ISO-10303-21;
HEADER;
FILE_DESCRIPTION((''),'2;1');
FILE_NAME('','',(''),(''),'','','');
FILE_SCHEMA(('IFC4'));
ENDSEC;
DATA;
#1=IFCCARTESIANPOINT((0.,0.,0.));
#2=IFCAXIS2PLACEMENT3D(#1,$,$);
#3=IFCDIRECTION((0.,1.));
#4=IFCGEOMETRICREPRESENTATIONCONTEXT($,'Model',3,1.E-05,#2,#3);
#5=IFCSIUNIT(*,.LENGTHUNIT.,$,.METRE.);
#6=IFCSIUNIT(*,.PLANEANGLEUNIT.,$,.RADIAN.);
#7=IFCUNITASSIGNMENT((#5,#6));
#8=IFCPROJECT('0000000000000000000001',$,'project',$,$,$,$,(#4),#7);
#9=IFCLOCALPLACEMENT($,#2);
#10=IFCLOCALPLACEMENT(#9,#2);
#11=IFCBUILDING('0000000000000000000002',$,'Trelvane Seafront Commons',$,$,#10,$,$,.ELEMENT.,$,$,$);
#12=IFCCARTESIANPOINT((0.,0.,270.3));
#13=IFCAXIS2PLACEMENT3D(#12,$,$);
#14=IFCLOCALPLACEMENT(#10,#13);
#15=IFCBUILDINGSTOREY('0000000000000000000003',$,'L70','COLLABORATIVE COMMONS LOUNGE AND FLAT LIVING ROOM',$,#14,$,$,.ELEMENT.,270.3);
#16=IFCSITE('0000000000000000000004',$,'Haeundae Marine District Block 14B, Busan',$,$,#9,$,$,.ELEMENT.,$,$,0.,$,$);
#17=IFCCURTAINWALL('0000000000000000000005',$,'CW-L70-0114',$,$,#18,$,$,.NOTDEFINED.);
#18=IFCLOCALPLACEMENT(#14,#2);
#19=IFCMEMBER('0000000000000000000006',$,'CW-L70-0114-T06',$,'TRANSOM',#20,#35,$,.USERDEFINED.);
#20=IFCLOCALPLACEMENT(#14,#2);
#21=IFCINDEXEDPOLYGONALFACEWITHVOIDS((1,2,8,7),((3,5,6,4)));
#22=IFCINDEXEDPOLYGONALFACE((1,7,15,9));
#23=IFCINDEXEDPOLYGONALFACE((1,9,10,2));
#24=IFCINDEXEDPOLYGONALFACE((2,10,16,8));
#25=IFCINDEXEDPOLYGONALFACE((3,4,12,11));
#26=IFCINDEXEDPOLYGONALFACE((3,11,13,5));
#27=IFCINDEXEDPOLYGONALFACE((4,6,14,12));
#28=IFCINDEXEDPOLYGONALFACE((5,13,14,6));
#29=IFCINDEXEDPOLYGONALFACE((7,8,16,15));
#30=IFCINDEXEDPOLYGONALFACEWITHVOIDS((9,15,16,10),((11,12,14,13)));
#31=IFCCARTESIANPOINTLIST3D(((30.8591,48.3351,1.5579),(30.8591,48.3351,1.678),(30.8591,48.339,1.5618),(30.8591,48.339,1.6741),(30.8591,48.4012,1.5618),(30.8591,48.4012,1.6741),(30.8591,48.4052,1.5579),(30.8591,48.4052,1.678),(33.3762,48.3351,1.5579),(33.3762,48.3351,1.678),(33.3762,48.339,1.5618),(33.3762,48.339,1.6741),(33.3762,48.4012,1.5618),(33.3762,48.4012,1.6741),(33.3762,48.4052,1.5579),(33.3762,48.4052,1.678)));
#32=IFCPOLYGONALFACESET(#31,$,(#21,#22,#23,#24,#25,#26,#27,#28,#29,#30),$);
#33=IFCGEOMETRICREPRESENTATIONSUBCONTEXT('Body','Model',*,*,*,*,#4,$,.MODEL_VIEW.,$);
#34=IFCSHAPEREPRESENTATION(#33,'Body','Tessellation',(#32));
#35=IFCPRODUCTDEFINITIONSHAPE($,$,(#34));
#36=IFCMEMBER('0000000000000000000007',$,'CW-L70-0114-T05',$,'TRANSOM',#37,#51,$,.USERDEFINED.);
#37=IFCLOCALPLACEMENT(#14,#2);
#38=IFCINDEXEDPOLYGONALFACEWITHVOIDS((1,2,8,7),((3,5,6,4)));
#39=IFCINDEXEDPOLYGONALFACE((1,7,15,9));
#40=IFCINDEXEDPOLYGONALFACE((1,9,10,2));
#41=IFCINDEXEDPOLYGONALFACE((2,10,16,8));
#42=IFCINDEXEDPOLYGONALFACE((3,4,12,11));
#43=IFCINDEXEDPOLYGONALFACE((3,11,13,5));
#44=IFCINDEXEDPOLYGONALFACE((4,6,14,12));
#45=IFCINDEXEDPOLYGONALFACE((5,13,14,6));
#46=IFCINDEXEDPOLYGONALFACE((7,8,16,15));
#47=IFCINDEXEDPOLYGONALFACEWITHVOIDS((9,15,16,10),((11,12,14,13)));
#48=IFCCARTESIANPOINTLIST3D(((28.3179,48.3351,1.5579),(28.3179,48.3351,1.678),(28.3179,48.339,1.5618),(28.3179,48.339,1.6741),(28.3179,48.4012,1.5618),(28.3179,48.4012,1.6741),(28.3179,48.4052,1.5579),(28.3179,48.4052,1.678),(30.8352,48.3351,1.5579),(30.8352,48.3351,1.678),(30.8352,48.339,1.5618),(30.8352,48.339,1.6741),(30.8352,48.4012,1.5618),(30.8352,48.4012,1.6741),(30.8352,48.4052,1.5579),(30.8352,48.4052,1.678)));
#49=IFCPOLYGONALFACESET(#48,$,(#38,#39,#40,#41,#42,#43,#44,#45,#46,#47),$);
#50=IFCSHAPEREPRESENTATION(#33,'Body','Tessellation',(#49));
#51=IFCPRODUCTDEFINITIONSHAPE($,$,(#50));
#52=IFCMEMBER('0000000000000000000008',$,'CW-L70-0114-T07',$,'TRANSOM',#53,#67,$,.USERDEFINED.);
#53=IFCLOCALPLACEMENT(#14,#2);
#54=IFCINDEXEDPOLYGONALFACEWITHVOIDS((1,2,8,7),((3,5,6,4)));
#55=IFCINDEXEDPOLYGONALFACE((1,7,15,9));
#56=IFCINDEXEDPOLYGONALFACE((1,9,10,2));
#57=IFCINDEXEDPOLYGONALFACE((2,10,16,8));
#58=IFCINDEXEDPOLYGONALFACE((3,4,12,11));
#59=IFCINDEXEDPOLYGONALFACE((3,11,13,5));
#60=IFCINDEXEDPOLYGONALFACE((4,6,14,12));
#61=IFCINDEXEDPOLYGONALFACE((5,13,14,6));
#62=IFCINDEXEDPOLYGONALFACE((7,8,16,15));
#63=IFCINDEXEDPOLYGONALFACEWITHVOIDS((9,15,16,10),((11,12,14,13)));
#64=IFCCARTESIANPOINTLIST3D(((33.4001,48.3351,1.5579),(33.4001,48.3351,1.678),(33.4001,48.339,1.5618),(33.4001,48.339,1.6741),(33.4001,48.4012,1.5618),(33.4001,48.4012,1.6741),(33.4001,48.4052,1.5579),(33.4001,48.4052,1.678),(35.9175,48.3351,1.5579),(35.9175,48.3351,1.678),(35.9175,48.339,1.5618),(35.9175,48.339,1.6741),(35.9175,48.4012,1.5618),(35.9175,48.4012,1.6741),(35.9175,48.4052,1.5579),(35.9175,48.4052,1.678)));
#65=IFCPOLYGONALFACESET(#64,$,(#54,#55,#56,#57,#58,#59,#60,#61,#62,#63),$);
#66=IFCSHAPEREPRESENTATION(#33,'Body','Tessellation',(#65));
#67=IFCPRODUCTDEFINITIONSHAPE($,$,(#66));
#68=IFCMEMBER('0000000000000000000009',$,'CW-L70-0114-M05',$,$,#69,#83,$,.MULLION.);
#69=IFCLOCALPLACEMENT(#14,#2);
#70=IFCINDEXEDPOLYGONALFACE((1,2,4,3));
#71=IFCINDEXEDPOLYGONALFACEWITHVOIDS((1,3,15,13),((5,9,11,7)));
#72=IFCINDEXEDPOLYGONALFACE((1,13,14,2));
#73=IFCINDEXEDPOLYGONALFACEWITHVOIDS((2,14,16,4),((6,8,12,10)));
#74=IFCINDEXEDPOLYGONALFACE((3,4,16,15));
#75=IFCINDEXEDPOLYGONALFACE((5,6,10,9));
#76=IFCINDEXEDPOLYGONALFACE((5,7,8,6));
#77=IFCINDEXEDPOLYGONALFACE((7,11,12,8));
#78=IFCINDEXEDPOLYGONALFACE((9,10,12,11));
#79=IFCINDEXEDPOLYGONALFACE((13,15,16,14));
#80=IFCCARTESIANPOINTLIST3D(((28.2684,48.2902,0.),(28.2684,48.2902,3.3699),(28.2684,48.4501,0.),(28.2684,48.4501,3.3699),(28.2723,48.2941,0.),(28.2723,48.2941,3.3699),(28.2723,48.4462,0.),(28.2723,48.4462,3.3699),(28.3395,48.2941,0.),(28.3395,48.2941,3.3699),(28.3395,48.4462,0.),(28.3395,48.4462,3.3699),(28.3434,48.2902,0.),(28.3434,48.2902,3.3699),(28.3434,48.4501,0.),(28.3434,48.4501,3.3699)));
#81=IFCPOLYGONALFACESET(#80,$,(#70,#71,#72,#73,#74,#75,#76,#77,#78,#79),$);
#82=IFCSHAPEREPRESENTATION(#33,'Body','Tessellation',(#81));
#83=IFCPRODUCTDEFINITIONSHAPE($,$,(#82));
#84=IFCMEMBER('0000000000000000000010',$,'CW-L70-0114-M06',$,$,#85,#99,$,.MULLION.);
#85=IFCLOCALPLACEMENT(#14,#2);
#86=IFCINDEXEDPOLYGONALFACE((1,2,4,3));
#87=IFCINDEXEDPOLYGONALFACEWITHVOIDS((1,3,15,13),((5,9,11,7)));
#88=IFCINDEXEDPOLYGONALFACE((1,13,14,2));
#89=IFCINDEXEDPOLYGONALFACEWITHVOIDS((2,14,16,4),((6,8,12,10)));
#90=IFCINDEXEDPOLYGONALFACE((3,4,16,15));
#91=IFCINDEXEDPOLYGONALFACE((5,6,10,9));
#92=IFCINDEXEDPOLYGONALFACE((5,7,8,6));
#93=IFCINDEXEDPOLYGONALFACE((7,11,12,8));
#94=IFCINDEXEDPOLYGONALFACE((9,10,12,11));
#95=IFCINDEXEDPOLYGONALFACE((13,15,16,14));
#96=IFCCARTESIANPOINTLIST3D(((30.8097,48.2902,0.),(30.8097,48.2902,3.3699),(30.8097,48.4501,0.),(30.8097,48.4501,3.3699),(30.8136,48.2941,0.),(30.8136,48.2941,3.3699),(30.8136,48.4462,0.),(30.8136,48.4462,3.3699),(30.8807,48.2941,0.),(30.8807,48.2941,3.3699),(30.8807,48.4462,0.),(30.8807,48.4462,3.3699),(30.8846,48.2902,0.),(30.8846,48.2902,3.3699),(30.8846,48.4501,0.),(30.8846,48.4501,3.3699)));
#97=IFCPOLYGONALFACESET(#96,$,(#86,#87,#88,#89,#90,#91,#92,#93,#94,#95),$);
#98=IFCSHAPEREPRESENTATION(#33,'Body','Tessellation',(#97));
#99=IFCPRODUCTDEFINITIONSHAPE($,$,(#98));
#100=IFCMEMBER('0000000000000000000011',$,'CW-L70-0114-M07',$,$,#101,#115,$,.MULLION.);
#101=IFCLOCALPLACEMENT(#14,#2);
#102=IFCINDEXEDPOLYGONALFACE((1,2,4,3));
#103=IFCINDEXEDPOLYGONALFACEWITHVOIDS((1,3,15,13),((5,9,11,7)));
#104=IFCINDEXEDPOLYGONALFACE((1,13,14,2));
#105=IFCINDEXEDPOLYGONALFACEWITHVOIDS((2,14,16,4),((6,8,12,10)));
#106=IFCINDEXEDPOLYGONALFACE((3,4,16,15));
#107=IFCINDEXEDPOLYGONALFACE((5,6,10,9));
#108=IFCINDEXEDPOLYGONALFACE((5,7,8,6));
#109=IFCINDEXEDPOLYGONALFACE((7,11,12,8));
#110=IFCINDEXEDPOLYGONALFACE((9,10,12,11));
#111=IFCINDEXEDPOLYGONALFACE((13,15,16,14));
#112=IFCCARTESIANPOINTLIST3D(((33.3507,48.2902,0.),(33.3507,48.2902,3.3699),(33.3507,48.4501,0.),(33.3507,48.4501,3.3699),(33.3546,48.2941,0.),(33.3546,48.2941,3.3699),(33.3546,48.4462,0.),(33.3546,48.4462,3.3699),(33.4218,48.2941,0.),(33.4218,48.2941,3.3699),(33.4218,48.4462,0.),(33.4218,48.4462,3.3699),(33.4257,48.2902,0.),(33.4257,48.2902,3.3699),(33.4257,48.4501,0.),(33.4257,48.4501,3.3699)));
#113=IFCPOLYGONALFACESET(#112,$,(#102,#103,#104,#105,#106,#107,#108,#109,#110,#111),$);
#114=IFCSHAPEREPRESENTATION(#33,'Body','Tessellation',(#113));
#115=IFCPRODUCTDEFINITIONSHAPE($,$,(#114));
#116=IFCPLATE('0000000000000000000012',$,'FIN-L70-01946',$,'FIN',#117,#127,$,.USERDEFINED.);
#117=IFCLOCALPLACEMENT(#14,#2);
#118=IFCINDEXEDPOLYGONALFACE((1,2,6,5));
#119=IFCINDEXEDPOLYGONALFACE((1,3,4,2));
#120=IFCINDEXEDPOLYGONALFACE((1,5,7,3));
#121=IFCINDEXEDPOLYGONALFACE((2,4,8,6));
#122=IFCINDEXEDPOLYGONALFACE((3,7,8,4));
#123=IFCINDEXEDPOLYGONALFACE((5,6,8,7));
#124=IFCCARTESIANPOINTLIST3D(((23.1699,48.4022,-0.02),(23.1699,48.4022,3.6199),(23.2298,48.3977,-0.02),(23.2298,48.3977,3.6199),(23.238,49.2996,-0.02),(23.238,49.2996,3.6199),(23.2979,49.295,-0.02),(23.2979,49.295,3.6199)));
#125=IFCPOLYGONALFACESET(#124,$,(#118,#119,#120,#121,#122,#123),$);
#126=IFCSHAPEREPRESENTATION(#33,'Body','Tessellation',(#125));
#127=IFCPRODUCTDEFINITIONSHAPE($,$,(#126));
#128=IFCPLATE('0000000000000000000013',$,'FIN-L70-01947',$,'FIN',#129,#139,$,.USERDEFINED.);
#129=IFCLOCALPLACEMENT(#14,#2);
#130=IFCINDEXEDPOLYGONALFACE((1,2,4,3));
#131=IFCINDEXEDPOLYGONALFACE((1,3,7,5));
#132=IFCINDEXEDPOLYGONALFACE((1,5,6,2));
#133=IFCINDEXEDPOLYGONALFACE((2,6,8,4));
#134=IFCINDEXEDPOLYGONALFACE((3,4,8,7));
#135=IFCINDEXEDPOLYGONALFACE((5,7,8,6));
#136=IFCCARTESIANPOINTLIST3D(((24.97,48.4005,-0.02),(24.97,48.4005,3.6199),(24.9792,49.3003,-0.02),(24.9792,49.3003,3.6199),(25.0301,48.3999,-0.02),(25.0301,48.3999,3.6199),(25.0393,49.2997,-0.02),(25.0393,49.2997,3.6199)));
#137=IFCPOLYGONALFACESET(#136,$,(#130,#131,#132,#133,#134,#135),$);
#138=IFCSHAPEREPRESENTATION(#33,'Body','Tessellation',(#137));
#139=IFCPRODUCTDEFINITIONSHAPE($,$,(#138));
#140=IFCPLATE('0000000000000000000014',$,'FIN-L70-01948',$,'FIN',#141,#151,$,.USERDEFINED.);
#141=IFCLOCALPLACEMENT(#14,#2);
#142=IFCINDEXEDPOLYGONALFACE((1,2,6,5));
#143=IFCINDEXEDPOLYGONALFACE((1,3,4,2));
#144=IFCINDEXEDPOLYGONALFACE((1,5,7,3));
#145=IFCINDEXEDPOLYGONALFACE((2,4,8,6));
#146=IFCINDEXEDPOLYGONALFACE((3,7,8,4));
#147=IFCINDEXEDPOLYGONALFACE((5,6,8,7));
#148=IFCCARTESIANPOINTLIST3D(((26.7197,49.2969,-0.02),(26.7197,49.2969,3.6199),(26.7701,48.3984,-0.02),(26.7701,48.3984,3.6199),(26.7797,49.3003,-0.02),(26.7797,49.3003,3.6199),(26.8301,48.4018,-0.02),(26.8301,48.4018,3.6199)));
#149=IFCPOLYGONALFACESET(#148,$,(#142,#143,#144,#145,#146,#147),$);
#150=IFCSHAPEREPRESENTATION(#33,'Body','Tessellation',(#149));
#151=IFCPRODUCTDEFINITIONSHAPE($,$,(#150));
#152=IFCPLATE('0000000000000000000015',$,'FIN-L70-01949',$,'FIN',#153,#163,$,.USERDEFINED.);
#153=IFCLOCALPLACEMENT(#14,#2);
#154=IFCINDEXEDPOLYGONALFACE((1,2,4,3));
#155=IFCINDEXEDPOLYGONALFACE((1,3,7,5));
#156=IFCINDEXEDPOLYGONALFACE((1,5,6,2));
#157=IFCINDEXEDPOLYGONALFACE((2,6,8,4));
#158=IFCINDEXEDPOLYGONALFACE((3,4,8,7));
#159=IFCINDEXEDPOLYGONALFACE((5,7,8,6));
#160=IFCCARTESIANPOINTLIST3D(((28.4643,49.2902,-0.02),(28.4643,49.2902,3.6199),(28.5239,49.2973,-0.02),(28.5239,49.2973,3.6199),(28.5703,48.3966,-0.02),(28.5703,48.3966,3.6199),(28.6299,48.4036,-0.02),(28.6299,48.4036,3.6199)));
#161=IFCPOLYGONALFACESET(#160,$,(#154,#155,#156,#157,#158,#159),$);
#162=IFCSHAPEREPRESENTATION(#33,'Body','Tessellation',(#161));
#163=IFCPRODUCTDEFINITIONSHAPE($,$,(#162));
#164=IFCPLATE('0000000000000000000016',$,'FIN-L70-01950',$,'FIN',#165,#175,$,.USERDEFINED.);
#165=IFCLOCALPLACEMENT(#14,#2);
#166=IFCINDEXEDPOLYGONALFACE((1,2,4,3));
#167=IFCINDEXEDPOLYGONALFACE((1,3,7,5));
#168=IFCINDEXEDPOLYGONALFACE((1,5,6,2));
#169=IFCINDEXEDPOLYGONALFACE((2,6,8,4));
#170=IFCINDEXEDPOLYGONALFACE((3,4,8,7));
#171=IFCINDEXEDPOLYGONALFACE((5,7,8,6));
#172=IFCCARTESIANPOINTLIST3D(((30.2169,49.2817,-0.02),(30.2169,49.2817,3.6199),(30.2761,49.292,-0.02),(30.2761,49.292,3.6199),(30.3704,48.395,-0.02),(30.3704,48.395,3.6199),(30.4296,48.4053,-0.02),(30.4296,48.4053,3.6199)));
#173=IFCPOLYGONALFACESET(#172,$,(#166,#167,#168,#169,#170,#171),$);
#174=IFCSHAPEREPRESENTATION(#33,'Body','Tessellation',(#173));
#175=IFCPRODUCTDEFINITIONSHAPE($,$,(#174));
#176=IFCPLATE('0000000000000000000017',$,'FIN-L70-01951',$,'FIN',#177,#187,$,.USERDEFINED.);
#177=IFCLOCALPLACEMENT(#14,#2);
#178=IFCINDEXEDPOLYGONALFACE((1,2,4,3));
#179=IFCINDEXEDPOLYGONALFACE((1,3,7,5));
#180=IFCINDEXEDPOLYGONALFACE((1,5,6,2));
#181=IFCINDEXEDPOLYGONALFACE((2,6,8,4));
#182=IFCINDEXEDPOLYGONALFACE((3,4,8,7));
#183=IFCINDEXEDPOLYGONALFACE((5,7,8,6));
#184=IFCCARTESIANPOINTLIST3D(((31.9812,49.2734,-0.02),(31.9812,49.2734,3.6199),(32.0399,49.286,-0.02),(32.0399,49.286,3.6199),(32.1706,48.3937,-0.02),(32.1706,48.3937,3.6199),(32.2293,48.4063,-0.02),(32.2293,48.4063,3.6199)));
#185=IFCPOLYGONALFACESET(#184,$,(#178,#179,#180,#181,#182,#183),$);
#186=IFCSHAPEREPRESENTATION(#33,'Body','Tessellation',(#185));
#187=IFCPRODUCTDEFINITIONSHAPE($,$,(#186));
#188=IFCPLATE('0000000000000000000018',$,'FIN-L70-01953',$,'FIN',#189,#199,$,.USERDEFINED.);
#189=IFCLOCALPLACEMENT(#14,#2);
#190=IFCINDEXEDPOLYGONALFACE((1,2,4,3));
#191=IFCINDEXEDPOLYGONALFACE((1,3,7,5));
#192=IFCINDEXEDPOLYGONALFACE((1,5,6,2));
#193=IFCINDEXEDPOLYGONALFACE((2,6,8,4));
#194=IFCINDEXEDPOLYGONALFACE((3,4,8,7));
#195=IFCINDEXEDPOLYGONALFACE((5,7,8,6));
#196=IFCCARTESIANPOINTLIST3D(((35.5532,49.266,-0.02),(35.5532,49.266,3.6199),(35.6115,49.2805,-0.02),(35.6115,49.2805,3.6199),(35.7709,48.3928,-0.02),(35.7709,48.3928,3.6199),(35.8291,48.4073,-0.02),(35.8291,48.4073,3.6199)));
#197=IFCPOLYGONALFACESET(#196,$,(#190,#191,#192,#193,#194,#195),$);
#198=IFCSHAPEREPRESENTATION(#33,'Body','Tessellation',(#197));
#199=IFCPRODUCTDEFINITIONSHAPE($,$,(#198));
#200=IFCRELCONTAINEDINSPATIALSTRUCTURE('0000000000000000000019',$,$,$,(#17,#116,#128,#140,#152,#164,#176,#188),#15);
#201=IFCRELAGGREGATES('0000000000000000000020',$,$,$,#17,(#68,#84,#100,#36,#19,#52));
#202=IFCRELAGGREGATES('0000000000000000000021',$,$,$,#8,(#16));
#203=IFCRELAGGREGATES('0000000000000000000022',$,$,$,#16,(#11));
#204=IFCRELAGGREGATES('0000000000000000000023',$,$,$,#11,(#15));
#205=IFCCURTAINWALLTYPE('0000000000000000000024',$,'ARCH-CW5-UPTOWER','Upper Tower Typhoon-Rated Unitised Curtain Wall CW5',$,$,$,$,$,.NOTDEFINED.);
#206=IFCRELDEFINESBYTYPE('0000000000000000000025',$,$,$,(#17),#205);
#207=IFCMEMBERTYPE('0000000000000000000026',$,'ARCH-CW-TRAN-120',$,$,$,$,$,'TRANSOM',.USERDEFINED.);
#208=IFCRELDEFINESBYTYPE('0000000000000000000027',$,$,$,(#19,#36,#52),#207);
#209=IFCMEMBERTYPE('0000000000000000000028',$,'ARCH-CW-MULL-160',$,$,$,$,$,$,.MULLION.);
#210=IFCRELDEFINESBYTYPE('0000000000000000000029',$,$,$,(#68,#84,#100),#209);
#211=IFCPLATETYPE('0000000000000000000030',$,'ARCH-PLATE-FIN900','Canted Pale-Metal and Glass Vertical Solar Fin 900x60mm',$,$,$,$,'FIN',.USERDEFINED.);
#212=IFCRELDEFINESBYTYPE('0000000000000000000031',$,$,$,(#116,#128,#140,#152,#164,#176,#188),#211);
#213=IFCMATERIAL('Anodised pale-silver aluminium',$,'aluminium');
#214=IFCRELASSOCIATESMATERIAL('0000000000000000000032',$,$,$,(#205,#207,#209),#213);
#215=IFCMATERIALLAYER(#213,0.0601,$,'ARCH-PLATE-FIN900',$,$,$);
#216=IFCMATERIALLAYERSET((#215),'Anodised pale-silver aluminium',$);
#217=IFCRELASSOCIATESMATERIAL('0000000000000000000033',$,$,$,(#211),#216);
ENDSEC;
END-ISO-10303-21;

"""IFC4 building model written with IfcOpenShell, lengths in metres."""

from ifc_helpers import new_model, si_unit, direction, frame, origin, origin_2d, place, context, subcontext, project, spatial, rectangle, hollow_rectangle, extrude, source, transform, mapped, material, layer, layer_set, material_profile, profile_set, type_object, element, aggregate, save


model = new_model("IFC4")

# Units and contexts
model_context = context("Model", 3, precision=1e-05, world=origin(), true_north=direction((0.0, 1.0)))
body_context = subcontext(model_context, "Body", "Model", "MODEL_VIEW")
ifc_project = project(units=[si_unit("LENGTHUNIT", "METRE"), si_unit("PLANEANGLEUNIT", "RADIAN")], contexts=[model_context])

# Site, building, storey
site_placement = place(None, origin())
site = spatial("IfcSite", under=ifc_project, at=site_placement, Name="Haeundae Marine District Block 14B, Busan", CompositionType="ELEMENT", RefElevation=0.0)
building_placement = place(site_placement, origin())
building = spatial("IfcBuilding", under=site, at=building_placement, Name="Trelvane Seafront Commons", CompositionType="ELEMENT")
storey_placement = place(building_placement, frame((0.0, 0.0, 270.3)))
storey = spatial("IfcBuildingStorey", under=building, at=storey_placement, Name="L70", Description="COLLABORATIVE COMMONS LOUNGE AND FLAT LIVING ROOM", CompositionType="ELEMENT", Elevation=270.3)

# Curtain wall, members
ifc_material_1 = material(Name="Anodised pale-silver aluminium", Category="aluminium")
curtain_wall_type = type_object("IfcCurtainWallType", Name="ARCH-CW5-UPTOWER", Description="Upper Tower Typhoon-Rated Unitised Curtain Wall CW5", PredefinedType="NOTDEFINED", material=ifc_material_1)
curtain_wall_placement = place(storey_placement, origin())
curtain_wall = element("IfcCurtainWall", 1, at=curtain_wall_placement, inside=storey, type_object=curtain_wall_type, Name="CW-L70-0114", PredefinedType="NOTDEFINED")
ifc_material_profile_1 = material_profile(ifc_material_1, hollow_rectangle(XDim=0.0701, YDim=0.1201, WallThickness=0.0039, at=origin_2d()), Name="TRAN-70x120x4")
ifc_profile_set_1 = profile_set([ifc_material_profile_1], Name="Anodised pale-silver aluminium")
member_type_1 = type_object("IfcMemberType", Name="ARCH-CW-TRAN-120", ElementType="TRANSOM", PredefinedType="USERDEFINED", material=ifc_profile_set_1)
shared_shape_1 = source(origin(), body_context, "Body", "SweptSolid", [
    extrude(hollow_rectangle(XDim=0.0701, YDim=0.1201, WallThickness=0.0039, at=origin_2d()), origin(), (0.0, 0.0, 1.0), 2.5171),
])
member_1_placement = place(storey_placement, frame((30.8591, 48.3701, 1.6179), z_axis=(1.0, 0.0, 0.0), x_axis=(0.0, 1.0, 0.0)))
member_1 = element("IfcMember", 2, at=member_1_placement, type_object=member_type_1, Name="CW-L70-0114-T06", ObjectType="TRANSOM", PredefinedType="USERDEFINED", context=body_context, shape_type="MappedRepresentation", body=[
    mapped(shared_shape_1, transform((0.0, 0.0, 0.0), x_axis=(1.0, 0.0, 0.0), y_axis=(0.0, 1.0, 0.0), z_axis=(0.0, 0.0, 1.0), scale=1.0)),
])
shared_shape_2 = source(origin(), body_context, "Body", "SweptSolid", [
    extrude(hollow_rectangle(XDim=0.0701, YDim=0.1201, WallThickness=0.0039, at=origin_2d()), origin(), (0.0, 0.0, 1.0), 2.5173),
])
member_2_placement = place(storey_placement, frame((28.3179, 48.3701, 1.6179), z_axis=(1.0, 0.0, 0.0), x_axis=(0.0, 1.0, 0.0)))
member_2 = element("IfcMember", 3, at=member_2_placement, type_object=member_type_1, Name="CW-L70-0114-T05", ObjectType="TRANSOM", PredefinedType="USERDEFINED", context=body_context, shape_type="MappedRepresentation", body=[
    mapped(shared_shape_2, transform((0.0, 0.0, 0.0), x_axis=(1.0, 0.0, 0.0), y_axis=(0.0, 1.0, 0.0), z_axis=(0.0, 0.0, 1.0), scale=1.0)),
])
member_3_placement = place(storey_placement, frame((33.4001, 48.3701, 1.6179), z_axis=(1.0, 0.0, 0.0), x_axis=(0.0, 1.0, 0.0)))
member_3 = element("IfcMember", 4, at=member_3_placement, type_object=member_type_1, Name="CW-L70-0114-T07", ObjectType="TRANSOM", PredefinedType="USERDEFINED", context=body_context, shape_type="MappedRepresentation", body=[
    mapped(shared_shape_2, transform((0.0, 0.0, 0.0), x_axis=(1.0, 0.0, 0.0), y_axis=(0.0, 1.0, 0.0), z_axis=(0.0, 0.0, 1.0), scale=1.0)),
])
ifc_material_profile_2 = material_profile(ifc_material_1, hollow_rectangle(XDim=0.075, YDim=0.1599, WallThickness=0.0039, at=origin_2d()), Name="MULL-75x160x4")
ifc_profile_set_2 = profile_set([ifc_material_profile_2], Name="Anodised pale-silver aluminium")
member_type_2 = type_object("IfcMemberType", Name="ARCH-CW-MULL-160", PredefinedType="MULLION", material=ifc_profile_set_2)
shared_shape_3 = source(origin(), body_context, "Body", "SweptSolid", [
    extrude(hollow_rectangle(XDim=0.075, YDim=0.1599, WallThickness=0.0039, at=origin_2d()), origin(), (0.0, 0.0, 1.0), 3.3699),
])
member_4_placement = place(storey_placement, frame((28.3059, 48.3701, 0.0), z_axis=(0.0, 0.0, 1.0), x_axis=(1.0, 0.0, 0.0)))
member_4 = element("IfcMember", 5, at=member_4_placement, type_object=member_type_2, Name="CW-L70-0114-M05", PredefinedType="MULLION", context=body_context, shape_type="MappedRepresentation", body=[
    mapped(shared_shape_3, transform((0.0, 0.0, 0.0), x_axis=(1.0, 0.0, 0.0), y_axis=(0.0, 1.0, 0.0), z_axis=(0.0, 0.0, 1.0), scale=1.0)),
])
member_5_placement = place(storey_placement, frame((30.8472, 48.3701, 0.0), z_axis=(0.0, 0.0, 1.0), x_axis=(1.0, 0.0, 0.0)))
member_5 = element("IfcMember", 6, at=member_5_placement, type_object=member_type_2, Name="CW-L70-0114-M06", PredefinedType="MULLION", context=body_context, shape_type="MappedRepresentation", body=[
    mapped(shared_shape_3, transform((0.0, 0.0, 0.0), x_axis=(1.0, 0.0, 0.0), y_axis=(0.0, 1.0, 0.0), z_axis=(0.0, 0.0, 1.0), scale=1.0)),
])
member_6_placement = place(storey_placement, frame((33.3882, 48.3701, 0.0), z_axis=(0.0, 0.0, 1.0), x_axis=(1.0, 0.0, 0.0)))
member_6 = element("IfcMember", 7, at=member_6_placement, type_object=member_type_2, Name="CW-L70-0114-M07", PredefinedType="MULLION", context=body_context, shape_type="MappedRepresentation", body=[
    mapped(shared_shape_3, transform((0.0, 0.0, 0.0), x_axis=(1.0, 0.0, 0.0), y_axis=(0.0, 1.0, 0.0), z_axis=(0.0, 0.0, 1.0), scale=1.0)),
])

# Plates
ifc_layer_1 = layer(ifc_material_1, 0.0601, Name="ARCH-PLATE-FIN900")
ifc_layer_set_1 = layer_set([ifc_layer_1], Name="Anodised pale-silver aluminium")
plate_type_1 = type_object("IfcPlateType", Name="ARCH-PLATE-FIN900", Description="Canted Pale-Metal and Glass Vertical Solar Fin 900x60mm", ElementType="FIN", PredefinedType="USERDEFINED", material=ifc_layer_set_1)
shared_shape_4 = source(origin(), body_context, "Body", "SweptSolid", [
    extrude(rectangle(XDim=0.8999, YDim=0.0601, at=origin_2d()), origin(), (0.0, 0.0, 1.0), 3.6399),
])
for number, where, z_axis, x_axis, name in (
    (8, (23.2339, 48.8486, -0.02), (0.0, 0.0, 1.0), (0.075668, 0.997133, 0.0), "FIN-L70-01946"),
    (9, (25.0046, 48.8501, -0.02), (0.0, 0.0, 1.0), (0.010222, 0.999948, 0.0), "FIN-L70-01947"),
    (10, (26.7749, 48.8494, -0.02), (0.0, 0.0, 1.0), (-0.055999, 0.998431, 0.0), "FIN-L70-01948"),
    (11, (28.5471, 48.8469, -0.02), (0.0, 0.0, 1.0), (-0.117782, 0.99304, 0.0), "FIN-L70-01949"),
    (12, (30.3232, 48.8435, -0.02), (0.0, 0.0, 1.0), (-0.170559, 0.985348, 0.0), "FIN-L70-01950"),
    (13, (32.1052, 48.8398, -0.02), (0.0, 0.0, 1.0), (-0.210455, 0.977604, 0.0), "FIN-L70-01951"),
    (14, (35.6912, 48.8367, -0.02), (0.0, 0.0, 1.0), (-0.241881, 0.970306, 0.0), "FIN-L70-01953"),
):
    element("IfcPlate", number, at=place(storey_placement, frame(where, z_axis=z_axis, x_axis=x_axis)), inside=storey, type_object=plate_type_1, Name=name, ObjectType="FIN", PredefinedType="USERDEFINED", context=body_context, shape_type="MappedRepresentation", body=[
        mapped(shared_shape_4, transform((0.0, 0.0, 0.0), x_axis=(1.0, 0.0, 0.0), y_axis=(0.0, 1.0, 0.0), z_axis=(0.0, 0.0, 1.0), scale=1.0)),
    ])

aggregate(curtain_wall, [member_4, member_5, member_6, member_2, member_1, member_3])

save(model, "model.ifc")
